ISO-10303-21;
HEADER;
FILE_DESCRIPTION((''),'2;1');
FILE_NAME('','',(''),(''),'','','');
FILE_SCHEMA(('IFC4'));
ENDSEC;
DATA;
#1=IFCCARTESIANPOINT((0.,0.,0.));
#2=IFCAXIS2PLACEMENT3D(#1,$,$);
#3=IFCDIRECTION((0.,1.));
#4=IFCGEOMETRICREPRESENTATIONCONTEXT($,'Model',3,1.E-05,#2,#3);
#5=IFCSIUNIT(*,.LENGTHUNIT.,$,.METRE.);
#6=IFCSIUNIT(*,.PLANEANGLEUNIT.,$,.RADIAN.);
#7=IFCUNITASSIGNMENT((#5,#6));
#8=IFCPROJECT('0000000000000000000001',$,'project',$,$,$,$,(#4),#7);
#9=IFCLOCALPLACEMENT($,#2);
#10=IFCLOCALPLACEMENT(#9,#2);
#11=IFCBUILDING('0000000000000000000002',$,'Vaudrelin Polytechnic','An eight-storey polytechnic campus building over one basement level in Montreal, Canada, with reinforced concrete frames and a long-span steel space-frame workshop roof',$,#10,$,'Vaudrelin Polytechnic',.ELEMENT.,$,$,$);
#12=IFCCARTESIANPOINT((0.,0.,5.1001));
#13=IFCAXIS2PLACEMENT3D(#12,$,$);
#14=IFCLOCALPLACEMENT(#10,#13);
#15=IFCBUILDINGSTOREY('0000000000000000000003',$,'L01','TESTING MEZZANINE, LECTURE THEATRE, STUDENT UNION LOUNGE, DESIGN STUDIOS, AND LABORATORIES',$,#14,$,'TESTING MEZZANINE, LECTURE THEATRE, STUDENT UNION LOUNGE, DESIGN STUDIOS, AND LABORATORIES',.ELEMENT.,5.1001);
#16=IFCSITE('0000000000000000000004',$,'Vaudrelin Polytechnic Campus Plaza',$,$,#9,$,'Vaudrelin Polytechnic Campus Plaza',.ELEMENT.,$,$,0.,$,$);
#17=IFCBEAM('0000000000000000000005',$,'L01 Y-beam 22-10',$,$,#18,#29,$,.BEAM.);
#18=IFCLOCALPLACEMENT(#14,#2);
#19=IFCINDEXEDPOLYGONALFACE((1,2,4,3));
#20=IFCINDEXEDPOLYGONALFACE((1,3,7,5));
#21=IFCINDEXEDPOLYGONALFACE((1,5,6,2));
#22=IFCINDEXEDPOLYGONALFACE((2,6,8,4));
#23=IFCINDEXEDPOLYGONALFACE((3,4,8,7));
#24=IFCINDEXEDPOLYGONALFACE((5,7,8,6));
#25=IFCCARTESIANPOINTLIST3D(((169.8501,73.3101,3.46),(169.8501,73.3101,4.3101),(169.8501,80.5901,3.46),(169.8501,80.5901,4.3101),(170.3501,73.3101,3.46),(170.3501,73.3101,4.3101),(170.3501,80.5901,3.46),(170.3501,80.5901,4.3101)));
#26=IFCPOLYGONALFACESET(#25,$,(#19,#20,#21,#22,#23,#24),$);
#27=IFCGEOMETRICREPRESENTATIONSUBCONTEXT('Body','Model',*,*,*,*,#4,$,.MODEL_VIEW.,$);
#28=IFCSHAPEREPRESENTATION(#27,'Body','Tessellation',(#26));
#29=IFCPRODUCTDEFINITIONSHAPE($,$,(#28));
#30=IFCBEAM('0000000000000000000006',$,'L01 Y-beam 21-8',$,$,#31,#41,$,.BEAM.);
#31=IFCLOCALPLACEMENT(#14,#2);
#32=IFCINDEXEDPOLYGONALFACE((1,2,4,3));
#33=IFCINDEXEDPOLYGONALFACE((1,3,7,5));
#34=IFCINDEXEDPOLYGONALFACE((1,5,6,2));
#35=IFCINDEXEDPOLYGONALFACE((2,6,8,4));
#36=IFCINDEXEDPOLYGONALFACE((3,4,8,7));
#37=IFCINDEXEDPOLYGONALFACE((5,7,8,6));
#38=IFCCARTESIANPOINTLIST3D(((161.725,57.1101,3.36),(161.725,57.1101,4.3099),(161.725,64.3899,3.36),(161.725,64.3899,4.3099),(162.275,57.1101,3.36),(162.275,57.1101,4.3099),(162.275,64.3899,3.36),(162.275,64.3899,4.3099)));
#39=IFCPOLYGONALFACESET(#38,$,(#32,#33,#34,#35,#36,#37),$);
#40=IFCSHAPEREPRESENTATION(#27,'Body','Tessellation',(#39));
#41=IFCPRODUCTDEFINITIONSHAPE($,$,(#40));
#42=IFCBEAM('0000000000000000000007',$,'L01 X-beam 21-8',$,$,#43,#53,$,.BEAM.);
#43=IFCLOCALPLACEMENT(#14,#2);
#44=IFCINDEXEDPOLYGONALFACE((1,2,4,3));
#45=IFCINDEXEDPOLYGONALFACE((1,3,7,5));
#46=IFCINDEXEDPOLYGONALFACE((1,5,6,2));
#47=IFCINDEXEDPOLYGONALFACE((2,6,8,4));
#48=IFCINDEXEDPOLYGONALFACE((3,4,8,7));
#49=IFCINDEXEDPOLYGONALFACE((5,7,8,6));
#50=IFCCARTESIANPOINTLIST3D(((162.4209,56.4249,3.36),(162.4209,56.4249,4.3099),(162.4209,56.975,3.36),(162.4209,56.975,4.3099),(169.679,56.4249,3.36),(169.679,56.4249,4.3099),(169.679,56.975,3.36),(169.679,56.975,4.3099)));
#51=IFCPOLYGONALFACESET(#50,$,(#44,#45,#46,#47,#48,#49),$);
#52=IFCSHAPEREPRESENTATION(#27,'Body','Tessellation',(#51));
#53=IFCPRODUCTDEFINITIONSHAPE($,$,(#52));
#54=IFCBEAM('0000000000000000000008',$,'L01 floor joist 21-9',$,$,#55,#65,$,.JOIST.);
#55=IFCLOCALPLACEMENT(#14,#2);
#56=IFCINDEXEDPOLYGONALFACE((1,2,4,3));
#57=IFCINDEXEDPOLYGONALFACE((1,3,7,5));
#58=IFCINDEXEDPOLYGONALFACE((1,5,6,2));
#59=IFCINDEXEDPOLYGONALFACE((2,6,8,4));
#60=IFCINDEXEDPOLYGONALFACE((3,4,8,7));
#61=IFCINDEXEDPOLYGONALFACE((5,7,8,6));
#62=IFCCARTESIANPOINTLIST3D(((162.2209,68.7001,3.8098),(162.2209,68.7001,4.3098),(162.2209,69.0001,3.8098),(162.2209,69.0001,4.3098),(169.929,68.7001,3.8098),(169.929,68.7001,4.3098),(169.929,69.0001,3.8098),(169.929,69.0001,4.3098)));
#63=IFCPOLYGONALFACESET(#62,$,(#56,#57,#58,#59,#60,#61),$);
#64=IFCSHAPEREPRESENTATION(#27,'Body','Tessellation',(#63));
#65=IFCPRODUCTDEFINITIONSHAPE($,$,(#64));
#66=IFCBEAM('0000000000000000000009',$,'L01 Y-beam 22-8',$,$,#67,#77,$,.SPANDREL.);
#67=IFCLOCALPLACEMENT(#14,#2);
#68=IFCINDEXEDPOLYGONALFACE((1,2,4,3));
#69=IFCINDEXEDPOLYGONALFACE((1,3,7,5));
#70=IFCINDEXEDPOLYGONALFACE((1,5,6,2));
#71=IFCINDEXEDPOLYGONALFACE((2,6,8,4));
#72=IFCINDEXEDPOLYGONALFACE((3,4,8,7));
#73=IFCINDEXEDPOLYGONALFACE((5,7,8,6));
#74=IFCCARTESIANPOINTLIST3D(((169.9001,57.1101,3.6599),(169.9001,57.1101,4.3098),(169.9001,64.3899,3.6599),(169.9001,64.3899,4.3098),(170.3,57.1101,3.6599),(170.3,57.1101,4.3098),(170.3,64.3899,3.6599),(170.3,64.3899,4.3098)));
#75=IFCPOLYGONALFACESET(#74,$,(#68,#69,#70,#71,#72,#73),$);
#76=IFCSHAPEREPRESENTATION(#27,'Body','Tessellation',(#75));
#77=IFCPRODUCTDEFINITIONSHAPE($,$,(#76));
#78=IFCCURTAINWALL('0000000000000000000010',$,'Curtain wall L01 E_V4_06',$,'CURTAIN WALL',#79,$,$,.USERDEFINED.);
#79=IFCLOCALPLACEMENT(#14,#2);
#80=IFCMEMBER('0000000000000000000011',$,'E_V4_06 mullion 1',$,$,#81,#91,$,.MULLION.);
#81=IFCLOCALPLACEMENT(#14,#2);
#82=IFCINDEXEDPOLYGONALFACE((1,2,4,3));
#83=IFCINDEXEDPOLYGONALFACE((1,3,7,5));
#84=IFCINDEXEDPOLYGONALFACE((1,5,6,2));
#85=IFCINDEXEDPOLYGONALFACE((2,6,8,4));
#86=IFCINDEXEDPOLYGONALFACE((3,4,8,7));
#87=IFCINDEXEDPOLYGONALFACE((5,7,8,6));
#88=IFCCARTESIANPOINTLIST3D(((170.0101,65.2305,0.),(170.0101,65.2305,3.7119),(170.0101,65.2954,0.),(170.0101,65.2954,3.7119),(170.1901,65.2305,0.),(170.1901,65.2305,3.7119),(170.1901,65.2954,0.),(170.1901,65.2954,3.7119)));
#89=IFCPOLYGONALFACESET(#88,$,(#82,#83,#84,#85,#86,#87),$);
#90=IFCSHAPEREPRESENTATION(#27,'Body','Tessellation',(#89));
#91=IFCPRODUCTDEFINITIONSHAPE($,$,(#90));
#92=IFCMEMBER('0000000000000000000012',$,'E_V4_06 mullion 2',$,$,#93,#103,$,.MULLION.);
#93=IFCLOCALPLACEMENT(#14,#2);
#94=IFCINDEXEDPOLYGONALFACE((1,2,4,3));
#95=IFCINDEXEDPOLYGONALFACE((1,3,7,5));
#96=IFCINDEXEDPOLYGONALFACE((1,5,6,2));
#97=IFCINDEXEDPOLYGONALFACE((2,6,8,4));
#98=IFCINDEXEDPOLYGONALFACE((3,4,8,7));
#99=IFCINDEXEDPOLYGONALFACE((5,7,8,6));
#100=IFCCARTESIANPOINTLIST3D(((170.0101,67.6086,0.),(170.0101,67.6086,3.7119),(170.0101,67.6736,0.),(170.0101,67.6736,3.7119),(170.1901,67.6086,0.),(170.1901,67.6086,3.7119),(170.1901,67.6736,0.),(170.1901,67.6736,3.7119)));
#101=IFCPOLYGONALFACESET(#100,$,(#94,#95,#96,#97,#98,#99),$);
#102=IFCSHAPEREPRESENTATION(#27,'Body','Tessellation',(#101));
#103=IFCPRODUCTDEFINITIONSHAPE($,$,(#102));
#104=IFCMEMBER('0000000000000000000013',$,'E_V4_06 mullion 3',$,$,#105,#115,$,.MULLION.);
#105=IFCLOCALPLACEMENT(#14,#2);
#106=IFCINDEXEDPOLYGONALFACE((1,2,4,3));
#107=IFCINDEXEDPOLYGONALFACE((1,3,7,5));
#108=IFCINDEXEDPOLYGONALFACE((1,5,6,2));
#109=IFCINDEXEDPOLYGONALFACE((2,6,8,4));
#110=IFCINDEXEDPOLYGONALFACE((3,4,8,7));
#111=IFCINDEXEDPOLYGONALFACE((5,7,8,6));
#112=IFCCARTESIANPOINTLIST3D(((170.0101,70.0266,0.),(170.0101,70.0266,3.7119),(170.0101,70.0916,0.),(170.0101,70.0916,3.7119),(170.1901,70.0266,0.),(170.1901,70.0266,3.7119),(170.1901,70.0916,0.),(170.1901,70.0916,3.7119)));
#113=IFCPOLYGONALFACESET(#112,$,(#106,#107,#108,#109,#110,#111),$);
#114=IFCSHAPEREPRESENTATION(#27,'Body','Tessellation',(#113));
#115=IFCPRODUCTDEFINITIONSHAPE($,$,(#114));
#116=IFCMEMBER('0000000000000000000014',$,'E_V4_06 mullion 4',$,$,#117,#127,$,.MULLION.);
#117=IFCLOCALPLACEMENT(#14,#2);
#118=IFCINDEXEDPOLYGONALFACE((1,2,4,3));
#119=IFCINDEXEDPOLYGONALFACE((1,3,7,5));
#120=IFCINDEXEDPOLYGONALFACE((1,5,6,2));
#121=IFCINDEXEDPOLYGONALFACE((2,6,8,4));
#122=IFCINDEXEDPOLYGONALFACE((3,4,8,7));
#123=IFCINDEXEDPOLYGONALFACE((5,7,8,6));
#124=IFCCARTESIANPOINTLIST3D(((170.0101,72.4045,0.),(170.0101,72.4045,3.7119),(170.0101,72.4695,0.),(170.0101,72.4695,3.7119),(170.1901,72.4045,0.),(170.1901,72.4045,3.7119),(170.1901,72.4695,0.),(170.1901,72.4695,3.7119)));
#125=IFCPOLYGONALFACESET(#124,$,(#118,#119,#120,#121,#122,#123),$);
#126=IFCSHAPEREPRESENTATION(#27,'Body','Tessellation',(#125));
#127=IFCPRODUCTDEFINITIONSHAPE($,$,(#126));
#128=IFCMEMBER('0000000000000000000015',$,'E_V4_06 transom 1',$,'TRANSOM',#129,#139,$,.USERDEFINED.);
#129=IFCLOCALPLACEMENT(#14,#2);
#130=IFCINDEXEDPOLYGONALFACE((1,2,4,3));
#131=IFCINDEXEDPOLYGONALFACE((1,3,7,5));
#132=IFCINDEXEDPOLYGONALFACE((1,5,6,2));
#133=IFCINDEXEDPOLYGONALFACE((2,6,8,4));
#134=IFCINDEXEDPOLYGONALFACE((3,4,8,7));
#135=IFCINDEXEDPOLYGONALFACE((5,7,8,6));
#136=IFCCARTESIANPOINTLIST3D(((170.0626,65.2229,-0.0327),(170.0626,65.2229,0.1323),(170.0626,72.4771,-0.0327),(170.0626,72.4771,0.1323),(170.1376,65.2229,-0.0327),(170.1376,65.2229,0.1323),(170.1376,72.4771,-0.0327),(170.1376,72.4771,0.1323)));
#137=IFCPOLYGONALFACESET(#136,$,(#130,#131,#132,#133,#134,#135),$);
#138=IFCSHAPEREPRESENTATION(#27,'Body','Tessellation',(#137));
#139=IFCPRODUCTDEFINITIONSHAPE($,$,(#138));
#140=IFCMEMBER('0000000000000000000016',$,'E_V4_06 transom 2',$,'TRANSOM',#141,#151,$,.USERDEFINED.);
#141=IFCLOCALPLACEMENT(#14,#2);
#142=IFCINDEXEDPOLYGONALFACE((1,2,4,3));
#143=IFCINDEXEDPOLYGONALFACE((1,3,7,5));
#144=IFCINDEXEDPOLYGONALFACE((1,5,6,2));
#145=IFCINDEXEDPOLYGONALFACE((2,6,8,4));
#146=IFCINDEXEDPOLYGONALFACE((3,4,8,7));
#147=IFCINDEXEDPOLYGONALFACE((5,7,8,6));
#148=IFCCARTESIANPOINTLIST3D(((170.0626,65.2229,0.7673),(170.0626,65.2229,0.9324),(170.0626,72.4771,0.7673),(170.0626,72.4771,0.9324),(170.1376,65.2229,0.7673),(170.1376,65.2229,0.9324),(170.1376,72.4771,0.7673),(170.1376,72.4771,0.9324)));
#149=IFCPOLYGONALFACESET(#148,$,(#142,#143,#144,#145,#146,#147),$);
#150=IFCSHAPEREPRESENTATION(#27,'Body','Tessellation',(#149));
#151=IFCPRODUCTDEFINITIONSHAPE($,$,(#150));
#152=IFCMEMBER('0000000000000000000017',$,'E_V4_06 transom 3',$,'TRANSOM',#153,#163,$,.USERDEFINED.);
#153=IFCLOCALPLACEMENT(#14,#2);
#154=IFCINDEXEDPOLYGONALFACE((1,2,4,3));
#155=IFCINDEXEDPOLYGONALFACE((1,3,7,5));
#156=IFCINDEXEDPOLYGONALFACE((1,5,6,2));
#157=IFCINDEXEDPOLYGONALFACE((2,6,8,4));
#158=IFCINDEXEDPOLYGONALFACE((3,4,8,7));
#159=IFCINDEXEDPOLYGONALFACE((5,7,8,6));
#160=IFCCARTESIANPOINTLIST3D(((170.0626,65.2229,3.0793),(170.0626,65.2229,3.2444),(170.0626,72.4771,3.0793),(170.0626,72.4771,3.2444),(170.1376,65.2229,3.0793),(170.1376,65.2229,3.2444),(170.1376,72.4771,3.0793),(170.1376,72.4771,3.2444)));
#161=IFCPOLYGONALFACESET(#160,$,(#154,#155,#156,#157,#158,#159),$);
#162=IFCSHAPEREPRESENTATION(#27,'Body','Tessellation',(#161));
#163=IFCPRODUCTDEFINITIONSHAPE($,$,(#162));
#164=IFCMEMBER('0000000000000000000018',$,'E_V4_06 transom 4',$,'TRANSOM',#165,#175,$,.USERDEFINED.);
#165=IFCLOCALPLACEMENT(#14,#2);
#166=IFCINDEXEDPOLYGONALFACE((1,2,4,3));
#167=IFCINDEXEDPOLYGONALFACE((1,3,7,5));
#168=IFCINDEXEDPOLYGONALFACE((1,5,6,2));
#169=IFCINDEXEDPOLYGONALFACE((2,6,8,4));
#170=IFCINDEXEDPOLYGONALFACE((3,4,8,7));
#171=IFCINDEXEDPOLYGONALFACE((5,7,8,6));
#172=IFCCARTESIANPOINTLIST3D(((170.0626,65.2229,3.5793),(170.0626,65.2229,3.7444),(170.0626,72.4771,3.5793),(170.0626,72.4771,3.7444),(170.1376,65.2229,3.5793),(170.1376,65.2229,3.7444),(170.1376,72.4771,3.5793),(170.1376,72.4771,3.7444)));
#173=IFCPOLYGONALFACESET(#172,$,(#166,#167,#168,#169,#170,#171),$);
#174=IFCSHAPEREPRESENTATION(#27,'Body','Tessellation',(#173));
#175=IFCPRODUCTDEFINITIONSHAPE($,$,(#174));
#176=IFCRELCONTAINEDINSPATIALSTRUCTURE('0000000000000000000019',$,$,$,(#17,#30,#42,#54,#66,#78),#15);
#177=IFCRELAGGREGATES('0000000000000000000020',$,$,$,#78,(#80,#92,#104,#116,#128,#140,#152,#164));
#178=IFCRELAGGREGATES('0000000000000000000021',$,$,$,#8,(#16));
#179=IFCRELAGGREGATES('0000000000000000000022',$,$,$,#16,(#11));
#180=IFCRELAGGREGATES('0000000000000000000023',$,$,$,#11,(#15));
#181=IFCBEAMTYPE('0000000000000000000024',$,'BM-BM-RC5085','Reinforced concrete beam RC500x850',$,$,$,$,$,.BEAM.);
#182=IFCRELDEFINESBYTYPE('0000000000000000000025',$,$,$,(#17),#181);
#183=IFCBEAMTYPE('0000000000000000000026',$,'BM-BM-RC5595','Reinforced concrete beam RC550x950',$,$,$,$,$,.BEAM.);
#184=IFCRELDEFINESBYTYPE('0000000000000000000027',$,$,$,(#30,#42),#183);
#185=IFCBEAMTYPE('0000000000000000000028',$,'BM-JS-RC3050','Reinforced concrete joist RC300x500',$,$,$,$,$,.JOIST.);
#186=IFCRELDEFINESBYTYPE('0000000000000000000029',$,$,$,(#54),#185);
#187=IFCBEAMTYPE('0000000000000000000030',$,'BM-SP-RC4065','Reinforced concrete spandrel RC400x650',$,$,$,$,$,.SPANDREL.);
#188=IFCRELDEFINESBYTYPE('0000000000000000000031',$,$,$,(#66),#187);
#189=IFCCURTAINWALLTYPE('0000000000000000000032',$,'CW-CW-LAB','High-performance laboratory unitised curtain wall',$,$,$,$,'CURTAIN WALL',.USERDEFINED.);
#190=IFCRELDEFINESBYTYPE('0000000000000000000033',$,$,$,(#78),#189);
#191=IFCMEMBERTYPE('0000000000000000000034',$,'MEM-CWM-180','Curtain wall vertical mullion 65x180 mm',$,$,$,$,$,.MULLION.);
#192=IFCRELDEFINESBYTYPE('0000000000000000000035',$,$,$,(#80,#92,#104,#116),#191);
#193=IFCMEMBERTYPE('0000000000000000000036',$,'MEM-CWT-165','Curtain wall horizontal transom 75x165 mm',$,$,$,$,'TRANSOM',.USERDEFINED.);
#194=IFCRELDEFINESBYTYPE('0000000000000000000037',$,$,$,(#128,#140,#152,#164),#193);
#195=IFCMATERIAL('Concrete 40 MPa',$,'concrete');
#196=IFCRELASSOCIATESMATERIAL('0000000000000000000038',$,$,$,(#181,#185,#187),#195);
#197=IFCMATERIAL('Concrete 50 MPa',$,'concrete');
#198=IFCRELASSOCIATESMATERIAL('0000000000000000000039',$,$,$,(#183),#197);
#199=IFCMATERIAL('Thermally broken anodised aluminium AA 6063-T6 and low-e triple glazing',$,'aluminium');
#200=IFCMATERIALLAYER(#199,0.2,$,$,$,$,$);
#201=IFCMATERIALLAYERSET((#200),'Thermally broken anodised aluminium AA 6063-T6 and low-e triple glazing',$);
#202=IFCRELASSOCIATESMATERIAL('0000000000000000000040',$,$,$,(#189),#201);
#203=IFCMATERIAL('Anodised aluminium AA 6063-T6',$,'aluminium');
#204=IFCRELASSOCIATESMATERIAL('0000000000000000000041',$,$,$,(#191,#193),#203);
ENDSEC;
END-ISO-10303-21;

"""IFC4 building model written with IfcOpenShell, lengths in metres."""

from ifc_helpers import new_model, si_unit, direction, frame, origin, origin_2d, place, context, subcontext, project, spatial, rectangle, extrude, material, layer, layer_set, material_profile, profile_set, type_object, element, aggregate, save


model = new_model("IFC4")

# Units and contexts
model_context = context("Model", 3, precision=1e-05, world=origin(), true_north=direction((0.0, 1.0)))
body_context = subcontext(model_context, "Body", "Model", "MODEL_VIEW")
ifc_project = project(units=[si_unit("LENGTHUNIT", "METRE"), si_unit("PLANEANGLEUNIT", "RADIAN")], contexts=[model_context])

# Site, building, storey
site_placement = place(None, origin())
site = spatial("IfcSite", under=ifc_project, at=site_placement, Name="Vaudrelin Polytechnic Campus Plaza", LongName="Vaudrelin Polytechnic Campus Plaza", CompositionType="ELEMENT", RefElevation=0.0)
building_placement = place(site_placement, origin())
building = spatial("IfcBuilding", under=site, at=building_placement, Name="Vaudrelin Polytechnic", Description="An eight-storey polytechnic campus building over one basement level in Montreal, Canada, with reinforced concrete frames and a long-span steel space-frame workshop roof", LongName="Vaudrelin Polytechnic", CompositionType="ELEMENT")
storey_placement = place(building_placement, frame((0.0, 0.0, 5.1001)))
storey = spatial("IfcBuildingStorey", under=building, at=storey_placement, Name="L01", Description="TESTING MEZZANINE, LECTURE THEATRE, STUDENT UNION LOUNGE, DESIGN STUDIOS, AND LABORATORIES", LongName="TESTING MEZZANINE, LECTURE THEATRE, STUDENT UNION LOUNGE, DESIGN STUDIOS, AND LABORATORIES", CompositionType="ELEMENT", Elevation=5.1001)

# Shared definitions
ifc_material_1 = material(Name="Concrete 50 MPa", Category="concrete")

# Beams
ifc_material_2 = material(Name="Concrete 40 MPa", Category="concrete")
ifc_material_profile_1 = material_profile(ifc_material_2, rectangle(XDim=0.5, YDim=0.8501, at=origin_2d()), Name="RC500x850")
ifc_profile_set_1 = profile_set([ifc_material_profile_1], Name="Concrete 40 MPa")
beam_type_1 = type_object("IfcBeamType", Name="BM-BM-RC5085", Description="Reinforced concrete beam RC500x850", PredefinedType="BEAM", material=ifc_profile_set_1)
beam_1_placement = place(storey_placement, frame((170.1001, 73.3101, 3.885), z_axis=(0.0, 1.0, 0.0), x_axis=(-1.0, 0.0, 0.0)))
element("IfcBeam", 1, at=beam_1_placement, inside=storey, type_object=beam_type_1, Name="L01 Y-beam 22-10", PredefinedType="BEAM", context=body_context, shape_type="SweptSolid", body=[
    extrude(rectangle(XDim=0.5, YDim=0.8501, at=origin_2d()), origin(), (0.0, 0.0, 1.0), 7.28),
])
ifc_material_profile_2 = material_profile(ifc_material_1, rectangle(XDim=0.55, YDim=0.95, at=origin_2d()), Name="RC550x950")
ifc_profile_set_2 = profile_set([ifc_material_profile_2], Name="Concrete 50 MPa")
beam_type_2 = type_object("IfcBeamType", Name="BM-BM-RC5595", Description="Reinforced concrete beam RC550x950", PredefinedType="BEAM", material=ifc_profile_set_2)
beam_2_placement = place(storey_placement, frame((162.0, 57.1101, 3.835), z_axis=(0.0, 1.0, 0.0), x_axis=(-1.0, 0.0, 0.0)))
element("IfcBeam", 2, at=beam_2_placement, inside=storey, type_object=beam_type_2, Name="L01 Y-beam 21-8", PredefinedType="BEAM", context=body_context, shape_type="SweptSolid", body=[
    extrude(rectangle(XDim=0.55, YDim=0.95, at=origin_2d()), origin(), (0.0, 0.0, 1.0), 7.2798),
])
beam_3_placement = place(storey_placement, frame((162.4209, 56.7, 3.835), z_axis=(1.0, 0.0, 0.0), x_axis=(0.0, 1.0, 0.0)))
element("IfcBeam", 3, at=beam_3_placement, inside=storey, type_object=beam_type_2, Name="L01 X-beam 21-8", PredefinedType="BEAM", context=body_context, shape_type="SweptSolid", body=[
    extrude(rectangle(XDim=0.55, YDim=0.95, at=origin_2d()), origin(), (0.0, 0.0, 1.0), 7.2581),
])
ifc_material_profile_3 = material_profile(ifc_material_2, rectangle(XDim=0.3, YDim=0.5, at=origin_2d()), Name="RC300x500")
ifc_profile_set_3 = profile_set([ifc_material_profile_3], Name="Concrete 40 MPa")
beam_type_3 = type_object("IfcBeamType", Name="BM-JS-RC3050", Description="Reinforced concrete joist RC300x500", PredefinedType="JOIST", material=ifc_profile_set_3)
beam_4_placement = place(storey_placement, frame((162.2209, 68.8501, 4.0598), z_axis=(1.0, 0.0, 0.0), x_axis=(0.0, 1.0, 0.0)))
element("IfcBeam", 4, at=beam_4_placement, inside=storey, type_object=beam_type_3, Name="L01 floor joist 21-9", PredefinedType="JOIST", context=body_context, shape_type="SweptSolid", body=[
    extrude(rectangle(XDim=0.3, YDim=0.5, at=origin_2d()), origin(), (0.0, 0.0, 1.0), 7.708),
])
ifc_material_profile_4 = material_profile(ifc_material_2, rectangle(XDim=0.3999, YDim=0.6499, at=origin_2d()), Name="RC400x650")
ifc_profile_set_4 = profile_set([ifc_material_profile_4], Name="Concrete 40 MPa")
beam_type_4 = type_object("IfcBeamType", Name="BM-SP-RC4065", Description="Reinforced concrete spandrel RC400x650", PredefinedType="SPANDREL", material=ifc_profile_set_4)
beam_5_placement = place(storey_placement, frame((170.1001, 57.1101, 3.9849), z_axis=(0.0, 1.0, 0.0), x_axis=(-1.0, 0.0, 0.0)))
element("IfcBeam", 5, at=beam_5_placement, inside=storey, type_object=beam_type_4, Name="L01 Y-beam 22-8", PredefinedType="SPANDREL", context=body_context, shape_type="SweptSolid", body=[
    extrude(rectangle(XDim=0.3999, YDim=0.6499, at=origin_2d()), origin(), (0.0, 0.0, 1.0), 7.2798),
])

# Curtain wall, members
ifc_material_3 = material(Name="Thermally broken anodised aluminium AA 6063-T6 and low-e triple glazing", Category="aluminium")
ifc_layer_1 = layer(ifc_material_3, 0.2)
ifc_layer_set_1 = layer_set([ifc_layer_1], Name="Thermally broken anodised aluminium AA 6063-T6 and low-e triple glazing")
curtain_wall_type = type_object("IfcCurtainWallType", Name="CW-CW-LAB", Description="High-performance laboratory unitised curtain wall", ElementType="CURTAIN WALL", PredefinedType="USERDEFINED", material=ifc_layer_set_1)
curtain_wall_placement = place(storey_placement, origin())
curtain_wall = element("IfcCurtainWall", 6, at=curtain_wall_placement, inside=storey, type_object=curtain_wall_type, Name="Curtain wall L01 E_V4_06", ObjectType="CURTAIN WALL", PredefinedType="USERDEFINED")
ifc_material_4 = material(Name="Anodised aluminium AA 6063-T6", Category="aluminium")
ifc_material_profile_5 = material_profile(ifc_material_4, rectangle(XDim=0.0649, YDim=0.1799, at=origin_2d()), Name="CWM-65x180")
ifc_profile_set_5 = profile_set([ifc_material_profile_5], Name="Anodised aluminium AA 6063-T6")
member_type_1 = type_object("IfcMemberType", Name="MEM-CWM-180", Description="Curtain wall vertical mullion 65x180 mm", PredefinedType="MULLION", material=ifc_profile_set_5)
member_1_placement = place(storey_placement, frame((170.1001, 65.2629, 0.0), z_axis=(0.0, 0.0, 1.0), x_axis=(0.0, 1.0, 0.0)))
member_1 = element("IfcMember", 7, at=member_1_placement, type_object=member_type_1, Name="E_V4_06 mullion 1", PredefinedType="MULLION", context=body_context, shape_type="SweptSolid", body=[
    extrude(rectangle(XDim=0.0649, YDim=0.1799, at=origin_2d()), origin(), (0.0, 0.0, 1.0), 3.7119),
])
member_2_placement = place(storey_placement, frame((170.1001, 67.6411, 0.0), z_axis=(0.0, 0.0, 1.0), x_axis=(0.0, 1.0, 0.0)))
member_2 = element("IfcMember", 8, at=member_2_placement, type_object=member_type_1, Name="E_V4_06 mullion 2", PredefinedType="MULLION", context=body_context, shape_type="SweptSolid", body=[
    extrude(rectangle(XDim=0.0649, YDim=0.1799, at=origin_2d()), origin(), (0.0, 0.0, 1.0), 3.7119),
])
member_3_placement = place(storey_placement, frame((170.1001, 70.0591, 0.0), z_axis=(0.0, 0.0, 1.0), x_axis=(0.0, 1.0, 0.0)))
member_3 = element("IfcMember", 9, at=member_3_placement, type_object=member_type_1, Name="E_V4_06 mullion 3", PredefinedType="MULLION", context=body_context, shape_type="SweptSolid", body=[
    extrude(rectangle(XDim=0.0649, YDim=0.1799, at=origin_2d()), origin(), (0.0, 0.0, 1.0), 3.7119),
])
member_4_placement = place(storey_placement, frame((170.1001, 72.437, 0.0), z_axis=(0.0, 0.0, 1.0), x_axis=(0.0, 1.0, 0.0)))
member_4 = element("IfcMember", 10, at=member_4_placement, type_object=member_type_1, Name="E_V4_06 mullion 4", PredefinedType="MULLION", context=body_context, shape_type="SweptSolid", body=[
    extrude(rectangle(XDim=0.0649, YDim=0.1799, at=origin_2d()), origin(), (0.0, 0.0, 1.0), 3.7119),
])
ifc_material_profile_6 = material_profile(ifc_material_4, rectangle(XDim=0.075, YDim=0.165, at=origin_2d()), Name="CWT-75x165")
ifc_profile_set_6 = profile_set([ifc_material_profile_6], Name="Anodised aluminium AA 6063-T6")
member_type_2 = type_object("IfcMemberType", Name="MEM-CWT-165", Description="Curtain wall horizontal transom 75x165 mm", ElementType="TRANSOM", PredefinedType="USERDEFINED", material=ifc_profile_set_6)
member_5_placement = place(storey_placement, frame((170.1001, 65.2229, 0.0498), z_axis=(0.0, 1.0, 0.0), x_axis=(-1.0, 0.0, 0.0)))
member_5 = element("IfcMember", 11, at=member_5_placement, type_object=member_type_2, Name="E_V4_06 transom 1", ObjectType="TRANSOM", PredefinedType="USERDEFINED", context=body_context, shape_type="SweptSolid", body=[
    extrude(rectangle(XDim=0.075, YDim=0.165, at=origin_2d()), origin(), (0.0, 0.0, 1.0), 7.2542),
])
member_6_placement = place(storey_placement, frame((170.1001, 65.2229, 0.8499), z_axis=(0.0, 1.0, 0.0), x_axis=(-1.0, 0.0, 0.0)))
member_6 = element("IfcMember", 12, at=member_6_placement, type_object=member_type_2, Name="E_V4_06 transom 2", ObjectType="TRANSOM", PredefinedType="USERDEFINED", context=body_context, shape_type="SweptSolid", body=[
    extrude(rectangle(XDim=0.075, YDim=0.165, at=origin_2d()), origin(), (0.0, 0.0, 1.0), 7.2542),
])
member_7_placement = place(storey_placement, frame((170.1001, 65.2229, 3.1619), z_axis=(0.0, 1.0, 0.0), x_axis=(-1.0, 0.0, 0.0)))
member_7 = element("IfcMember", 13, at=member_7_placement, type_object=member_type_2, Name="E_V4_06 transom 3", ObjectType="TRANSOM", PredefinedType="USERDEFINED", context=body_context, shape_type="SweptSolid", body=[
    extrude(rectangle(XDim=0.075, YDim=0.165, at=origin_2d()), origin(), (0.0, 0.0, 1.0), 7.2542),
])
member_8_placement = place(storey_placement, frame((170.1001, 65.2229, 3.6619), z_axis=(0.0, 1.0, 0.0), x_axis=(-1.0, 0.0, 0.0)))
member_8 = element("IfcMember", 14, at=member_8_placement, type_object=member_type_2, Name="E_V4_06 transom 4", ObjectType="TRANSOM", PredefinedType="USERDEFINED", context=body_context, shape_type="SweptSolid", body=[
    extrude(rectangle(XDim=0.075, YDim=0.165, at=origin_2d()), origin(), (0.0, 0.0, 1.0), 7.2542),
])
aggregate(curtain_wall, [member_1, member_2, member_3, member_4, member_5, member_6, member_7, member_8])

save(model, "model.ifc")
